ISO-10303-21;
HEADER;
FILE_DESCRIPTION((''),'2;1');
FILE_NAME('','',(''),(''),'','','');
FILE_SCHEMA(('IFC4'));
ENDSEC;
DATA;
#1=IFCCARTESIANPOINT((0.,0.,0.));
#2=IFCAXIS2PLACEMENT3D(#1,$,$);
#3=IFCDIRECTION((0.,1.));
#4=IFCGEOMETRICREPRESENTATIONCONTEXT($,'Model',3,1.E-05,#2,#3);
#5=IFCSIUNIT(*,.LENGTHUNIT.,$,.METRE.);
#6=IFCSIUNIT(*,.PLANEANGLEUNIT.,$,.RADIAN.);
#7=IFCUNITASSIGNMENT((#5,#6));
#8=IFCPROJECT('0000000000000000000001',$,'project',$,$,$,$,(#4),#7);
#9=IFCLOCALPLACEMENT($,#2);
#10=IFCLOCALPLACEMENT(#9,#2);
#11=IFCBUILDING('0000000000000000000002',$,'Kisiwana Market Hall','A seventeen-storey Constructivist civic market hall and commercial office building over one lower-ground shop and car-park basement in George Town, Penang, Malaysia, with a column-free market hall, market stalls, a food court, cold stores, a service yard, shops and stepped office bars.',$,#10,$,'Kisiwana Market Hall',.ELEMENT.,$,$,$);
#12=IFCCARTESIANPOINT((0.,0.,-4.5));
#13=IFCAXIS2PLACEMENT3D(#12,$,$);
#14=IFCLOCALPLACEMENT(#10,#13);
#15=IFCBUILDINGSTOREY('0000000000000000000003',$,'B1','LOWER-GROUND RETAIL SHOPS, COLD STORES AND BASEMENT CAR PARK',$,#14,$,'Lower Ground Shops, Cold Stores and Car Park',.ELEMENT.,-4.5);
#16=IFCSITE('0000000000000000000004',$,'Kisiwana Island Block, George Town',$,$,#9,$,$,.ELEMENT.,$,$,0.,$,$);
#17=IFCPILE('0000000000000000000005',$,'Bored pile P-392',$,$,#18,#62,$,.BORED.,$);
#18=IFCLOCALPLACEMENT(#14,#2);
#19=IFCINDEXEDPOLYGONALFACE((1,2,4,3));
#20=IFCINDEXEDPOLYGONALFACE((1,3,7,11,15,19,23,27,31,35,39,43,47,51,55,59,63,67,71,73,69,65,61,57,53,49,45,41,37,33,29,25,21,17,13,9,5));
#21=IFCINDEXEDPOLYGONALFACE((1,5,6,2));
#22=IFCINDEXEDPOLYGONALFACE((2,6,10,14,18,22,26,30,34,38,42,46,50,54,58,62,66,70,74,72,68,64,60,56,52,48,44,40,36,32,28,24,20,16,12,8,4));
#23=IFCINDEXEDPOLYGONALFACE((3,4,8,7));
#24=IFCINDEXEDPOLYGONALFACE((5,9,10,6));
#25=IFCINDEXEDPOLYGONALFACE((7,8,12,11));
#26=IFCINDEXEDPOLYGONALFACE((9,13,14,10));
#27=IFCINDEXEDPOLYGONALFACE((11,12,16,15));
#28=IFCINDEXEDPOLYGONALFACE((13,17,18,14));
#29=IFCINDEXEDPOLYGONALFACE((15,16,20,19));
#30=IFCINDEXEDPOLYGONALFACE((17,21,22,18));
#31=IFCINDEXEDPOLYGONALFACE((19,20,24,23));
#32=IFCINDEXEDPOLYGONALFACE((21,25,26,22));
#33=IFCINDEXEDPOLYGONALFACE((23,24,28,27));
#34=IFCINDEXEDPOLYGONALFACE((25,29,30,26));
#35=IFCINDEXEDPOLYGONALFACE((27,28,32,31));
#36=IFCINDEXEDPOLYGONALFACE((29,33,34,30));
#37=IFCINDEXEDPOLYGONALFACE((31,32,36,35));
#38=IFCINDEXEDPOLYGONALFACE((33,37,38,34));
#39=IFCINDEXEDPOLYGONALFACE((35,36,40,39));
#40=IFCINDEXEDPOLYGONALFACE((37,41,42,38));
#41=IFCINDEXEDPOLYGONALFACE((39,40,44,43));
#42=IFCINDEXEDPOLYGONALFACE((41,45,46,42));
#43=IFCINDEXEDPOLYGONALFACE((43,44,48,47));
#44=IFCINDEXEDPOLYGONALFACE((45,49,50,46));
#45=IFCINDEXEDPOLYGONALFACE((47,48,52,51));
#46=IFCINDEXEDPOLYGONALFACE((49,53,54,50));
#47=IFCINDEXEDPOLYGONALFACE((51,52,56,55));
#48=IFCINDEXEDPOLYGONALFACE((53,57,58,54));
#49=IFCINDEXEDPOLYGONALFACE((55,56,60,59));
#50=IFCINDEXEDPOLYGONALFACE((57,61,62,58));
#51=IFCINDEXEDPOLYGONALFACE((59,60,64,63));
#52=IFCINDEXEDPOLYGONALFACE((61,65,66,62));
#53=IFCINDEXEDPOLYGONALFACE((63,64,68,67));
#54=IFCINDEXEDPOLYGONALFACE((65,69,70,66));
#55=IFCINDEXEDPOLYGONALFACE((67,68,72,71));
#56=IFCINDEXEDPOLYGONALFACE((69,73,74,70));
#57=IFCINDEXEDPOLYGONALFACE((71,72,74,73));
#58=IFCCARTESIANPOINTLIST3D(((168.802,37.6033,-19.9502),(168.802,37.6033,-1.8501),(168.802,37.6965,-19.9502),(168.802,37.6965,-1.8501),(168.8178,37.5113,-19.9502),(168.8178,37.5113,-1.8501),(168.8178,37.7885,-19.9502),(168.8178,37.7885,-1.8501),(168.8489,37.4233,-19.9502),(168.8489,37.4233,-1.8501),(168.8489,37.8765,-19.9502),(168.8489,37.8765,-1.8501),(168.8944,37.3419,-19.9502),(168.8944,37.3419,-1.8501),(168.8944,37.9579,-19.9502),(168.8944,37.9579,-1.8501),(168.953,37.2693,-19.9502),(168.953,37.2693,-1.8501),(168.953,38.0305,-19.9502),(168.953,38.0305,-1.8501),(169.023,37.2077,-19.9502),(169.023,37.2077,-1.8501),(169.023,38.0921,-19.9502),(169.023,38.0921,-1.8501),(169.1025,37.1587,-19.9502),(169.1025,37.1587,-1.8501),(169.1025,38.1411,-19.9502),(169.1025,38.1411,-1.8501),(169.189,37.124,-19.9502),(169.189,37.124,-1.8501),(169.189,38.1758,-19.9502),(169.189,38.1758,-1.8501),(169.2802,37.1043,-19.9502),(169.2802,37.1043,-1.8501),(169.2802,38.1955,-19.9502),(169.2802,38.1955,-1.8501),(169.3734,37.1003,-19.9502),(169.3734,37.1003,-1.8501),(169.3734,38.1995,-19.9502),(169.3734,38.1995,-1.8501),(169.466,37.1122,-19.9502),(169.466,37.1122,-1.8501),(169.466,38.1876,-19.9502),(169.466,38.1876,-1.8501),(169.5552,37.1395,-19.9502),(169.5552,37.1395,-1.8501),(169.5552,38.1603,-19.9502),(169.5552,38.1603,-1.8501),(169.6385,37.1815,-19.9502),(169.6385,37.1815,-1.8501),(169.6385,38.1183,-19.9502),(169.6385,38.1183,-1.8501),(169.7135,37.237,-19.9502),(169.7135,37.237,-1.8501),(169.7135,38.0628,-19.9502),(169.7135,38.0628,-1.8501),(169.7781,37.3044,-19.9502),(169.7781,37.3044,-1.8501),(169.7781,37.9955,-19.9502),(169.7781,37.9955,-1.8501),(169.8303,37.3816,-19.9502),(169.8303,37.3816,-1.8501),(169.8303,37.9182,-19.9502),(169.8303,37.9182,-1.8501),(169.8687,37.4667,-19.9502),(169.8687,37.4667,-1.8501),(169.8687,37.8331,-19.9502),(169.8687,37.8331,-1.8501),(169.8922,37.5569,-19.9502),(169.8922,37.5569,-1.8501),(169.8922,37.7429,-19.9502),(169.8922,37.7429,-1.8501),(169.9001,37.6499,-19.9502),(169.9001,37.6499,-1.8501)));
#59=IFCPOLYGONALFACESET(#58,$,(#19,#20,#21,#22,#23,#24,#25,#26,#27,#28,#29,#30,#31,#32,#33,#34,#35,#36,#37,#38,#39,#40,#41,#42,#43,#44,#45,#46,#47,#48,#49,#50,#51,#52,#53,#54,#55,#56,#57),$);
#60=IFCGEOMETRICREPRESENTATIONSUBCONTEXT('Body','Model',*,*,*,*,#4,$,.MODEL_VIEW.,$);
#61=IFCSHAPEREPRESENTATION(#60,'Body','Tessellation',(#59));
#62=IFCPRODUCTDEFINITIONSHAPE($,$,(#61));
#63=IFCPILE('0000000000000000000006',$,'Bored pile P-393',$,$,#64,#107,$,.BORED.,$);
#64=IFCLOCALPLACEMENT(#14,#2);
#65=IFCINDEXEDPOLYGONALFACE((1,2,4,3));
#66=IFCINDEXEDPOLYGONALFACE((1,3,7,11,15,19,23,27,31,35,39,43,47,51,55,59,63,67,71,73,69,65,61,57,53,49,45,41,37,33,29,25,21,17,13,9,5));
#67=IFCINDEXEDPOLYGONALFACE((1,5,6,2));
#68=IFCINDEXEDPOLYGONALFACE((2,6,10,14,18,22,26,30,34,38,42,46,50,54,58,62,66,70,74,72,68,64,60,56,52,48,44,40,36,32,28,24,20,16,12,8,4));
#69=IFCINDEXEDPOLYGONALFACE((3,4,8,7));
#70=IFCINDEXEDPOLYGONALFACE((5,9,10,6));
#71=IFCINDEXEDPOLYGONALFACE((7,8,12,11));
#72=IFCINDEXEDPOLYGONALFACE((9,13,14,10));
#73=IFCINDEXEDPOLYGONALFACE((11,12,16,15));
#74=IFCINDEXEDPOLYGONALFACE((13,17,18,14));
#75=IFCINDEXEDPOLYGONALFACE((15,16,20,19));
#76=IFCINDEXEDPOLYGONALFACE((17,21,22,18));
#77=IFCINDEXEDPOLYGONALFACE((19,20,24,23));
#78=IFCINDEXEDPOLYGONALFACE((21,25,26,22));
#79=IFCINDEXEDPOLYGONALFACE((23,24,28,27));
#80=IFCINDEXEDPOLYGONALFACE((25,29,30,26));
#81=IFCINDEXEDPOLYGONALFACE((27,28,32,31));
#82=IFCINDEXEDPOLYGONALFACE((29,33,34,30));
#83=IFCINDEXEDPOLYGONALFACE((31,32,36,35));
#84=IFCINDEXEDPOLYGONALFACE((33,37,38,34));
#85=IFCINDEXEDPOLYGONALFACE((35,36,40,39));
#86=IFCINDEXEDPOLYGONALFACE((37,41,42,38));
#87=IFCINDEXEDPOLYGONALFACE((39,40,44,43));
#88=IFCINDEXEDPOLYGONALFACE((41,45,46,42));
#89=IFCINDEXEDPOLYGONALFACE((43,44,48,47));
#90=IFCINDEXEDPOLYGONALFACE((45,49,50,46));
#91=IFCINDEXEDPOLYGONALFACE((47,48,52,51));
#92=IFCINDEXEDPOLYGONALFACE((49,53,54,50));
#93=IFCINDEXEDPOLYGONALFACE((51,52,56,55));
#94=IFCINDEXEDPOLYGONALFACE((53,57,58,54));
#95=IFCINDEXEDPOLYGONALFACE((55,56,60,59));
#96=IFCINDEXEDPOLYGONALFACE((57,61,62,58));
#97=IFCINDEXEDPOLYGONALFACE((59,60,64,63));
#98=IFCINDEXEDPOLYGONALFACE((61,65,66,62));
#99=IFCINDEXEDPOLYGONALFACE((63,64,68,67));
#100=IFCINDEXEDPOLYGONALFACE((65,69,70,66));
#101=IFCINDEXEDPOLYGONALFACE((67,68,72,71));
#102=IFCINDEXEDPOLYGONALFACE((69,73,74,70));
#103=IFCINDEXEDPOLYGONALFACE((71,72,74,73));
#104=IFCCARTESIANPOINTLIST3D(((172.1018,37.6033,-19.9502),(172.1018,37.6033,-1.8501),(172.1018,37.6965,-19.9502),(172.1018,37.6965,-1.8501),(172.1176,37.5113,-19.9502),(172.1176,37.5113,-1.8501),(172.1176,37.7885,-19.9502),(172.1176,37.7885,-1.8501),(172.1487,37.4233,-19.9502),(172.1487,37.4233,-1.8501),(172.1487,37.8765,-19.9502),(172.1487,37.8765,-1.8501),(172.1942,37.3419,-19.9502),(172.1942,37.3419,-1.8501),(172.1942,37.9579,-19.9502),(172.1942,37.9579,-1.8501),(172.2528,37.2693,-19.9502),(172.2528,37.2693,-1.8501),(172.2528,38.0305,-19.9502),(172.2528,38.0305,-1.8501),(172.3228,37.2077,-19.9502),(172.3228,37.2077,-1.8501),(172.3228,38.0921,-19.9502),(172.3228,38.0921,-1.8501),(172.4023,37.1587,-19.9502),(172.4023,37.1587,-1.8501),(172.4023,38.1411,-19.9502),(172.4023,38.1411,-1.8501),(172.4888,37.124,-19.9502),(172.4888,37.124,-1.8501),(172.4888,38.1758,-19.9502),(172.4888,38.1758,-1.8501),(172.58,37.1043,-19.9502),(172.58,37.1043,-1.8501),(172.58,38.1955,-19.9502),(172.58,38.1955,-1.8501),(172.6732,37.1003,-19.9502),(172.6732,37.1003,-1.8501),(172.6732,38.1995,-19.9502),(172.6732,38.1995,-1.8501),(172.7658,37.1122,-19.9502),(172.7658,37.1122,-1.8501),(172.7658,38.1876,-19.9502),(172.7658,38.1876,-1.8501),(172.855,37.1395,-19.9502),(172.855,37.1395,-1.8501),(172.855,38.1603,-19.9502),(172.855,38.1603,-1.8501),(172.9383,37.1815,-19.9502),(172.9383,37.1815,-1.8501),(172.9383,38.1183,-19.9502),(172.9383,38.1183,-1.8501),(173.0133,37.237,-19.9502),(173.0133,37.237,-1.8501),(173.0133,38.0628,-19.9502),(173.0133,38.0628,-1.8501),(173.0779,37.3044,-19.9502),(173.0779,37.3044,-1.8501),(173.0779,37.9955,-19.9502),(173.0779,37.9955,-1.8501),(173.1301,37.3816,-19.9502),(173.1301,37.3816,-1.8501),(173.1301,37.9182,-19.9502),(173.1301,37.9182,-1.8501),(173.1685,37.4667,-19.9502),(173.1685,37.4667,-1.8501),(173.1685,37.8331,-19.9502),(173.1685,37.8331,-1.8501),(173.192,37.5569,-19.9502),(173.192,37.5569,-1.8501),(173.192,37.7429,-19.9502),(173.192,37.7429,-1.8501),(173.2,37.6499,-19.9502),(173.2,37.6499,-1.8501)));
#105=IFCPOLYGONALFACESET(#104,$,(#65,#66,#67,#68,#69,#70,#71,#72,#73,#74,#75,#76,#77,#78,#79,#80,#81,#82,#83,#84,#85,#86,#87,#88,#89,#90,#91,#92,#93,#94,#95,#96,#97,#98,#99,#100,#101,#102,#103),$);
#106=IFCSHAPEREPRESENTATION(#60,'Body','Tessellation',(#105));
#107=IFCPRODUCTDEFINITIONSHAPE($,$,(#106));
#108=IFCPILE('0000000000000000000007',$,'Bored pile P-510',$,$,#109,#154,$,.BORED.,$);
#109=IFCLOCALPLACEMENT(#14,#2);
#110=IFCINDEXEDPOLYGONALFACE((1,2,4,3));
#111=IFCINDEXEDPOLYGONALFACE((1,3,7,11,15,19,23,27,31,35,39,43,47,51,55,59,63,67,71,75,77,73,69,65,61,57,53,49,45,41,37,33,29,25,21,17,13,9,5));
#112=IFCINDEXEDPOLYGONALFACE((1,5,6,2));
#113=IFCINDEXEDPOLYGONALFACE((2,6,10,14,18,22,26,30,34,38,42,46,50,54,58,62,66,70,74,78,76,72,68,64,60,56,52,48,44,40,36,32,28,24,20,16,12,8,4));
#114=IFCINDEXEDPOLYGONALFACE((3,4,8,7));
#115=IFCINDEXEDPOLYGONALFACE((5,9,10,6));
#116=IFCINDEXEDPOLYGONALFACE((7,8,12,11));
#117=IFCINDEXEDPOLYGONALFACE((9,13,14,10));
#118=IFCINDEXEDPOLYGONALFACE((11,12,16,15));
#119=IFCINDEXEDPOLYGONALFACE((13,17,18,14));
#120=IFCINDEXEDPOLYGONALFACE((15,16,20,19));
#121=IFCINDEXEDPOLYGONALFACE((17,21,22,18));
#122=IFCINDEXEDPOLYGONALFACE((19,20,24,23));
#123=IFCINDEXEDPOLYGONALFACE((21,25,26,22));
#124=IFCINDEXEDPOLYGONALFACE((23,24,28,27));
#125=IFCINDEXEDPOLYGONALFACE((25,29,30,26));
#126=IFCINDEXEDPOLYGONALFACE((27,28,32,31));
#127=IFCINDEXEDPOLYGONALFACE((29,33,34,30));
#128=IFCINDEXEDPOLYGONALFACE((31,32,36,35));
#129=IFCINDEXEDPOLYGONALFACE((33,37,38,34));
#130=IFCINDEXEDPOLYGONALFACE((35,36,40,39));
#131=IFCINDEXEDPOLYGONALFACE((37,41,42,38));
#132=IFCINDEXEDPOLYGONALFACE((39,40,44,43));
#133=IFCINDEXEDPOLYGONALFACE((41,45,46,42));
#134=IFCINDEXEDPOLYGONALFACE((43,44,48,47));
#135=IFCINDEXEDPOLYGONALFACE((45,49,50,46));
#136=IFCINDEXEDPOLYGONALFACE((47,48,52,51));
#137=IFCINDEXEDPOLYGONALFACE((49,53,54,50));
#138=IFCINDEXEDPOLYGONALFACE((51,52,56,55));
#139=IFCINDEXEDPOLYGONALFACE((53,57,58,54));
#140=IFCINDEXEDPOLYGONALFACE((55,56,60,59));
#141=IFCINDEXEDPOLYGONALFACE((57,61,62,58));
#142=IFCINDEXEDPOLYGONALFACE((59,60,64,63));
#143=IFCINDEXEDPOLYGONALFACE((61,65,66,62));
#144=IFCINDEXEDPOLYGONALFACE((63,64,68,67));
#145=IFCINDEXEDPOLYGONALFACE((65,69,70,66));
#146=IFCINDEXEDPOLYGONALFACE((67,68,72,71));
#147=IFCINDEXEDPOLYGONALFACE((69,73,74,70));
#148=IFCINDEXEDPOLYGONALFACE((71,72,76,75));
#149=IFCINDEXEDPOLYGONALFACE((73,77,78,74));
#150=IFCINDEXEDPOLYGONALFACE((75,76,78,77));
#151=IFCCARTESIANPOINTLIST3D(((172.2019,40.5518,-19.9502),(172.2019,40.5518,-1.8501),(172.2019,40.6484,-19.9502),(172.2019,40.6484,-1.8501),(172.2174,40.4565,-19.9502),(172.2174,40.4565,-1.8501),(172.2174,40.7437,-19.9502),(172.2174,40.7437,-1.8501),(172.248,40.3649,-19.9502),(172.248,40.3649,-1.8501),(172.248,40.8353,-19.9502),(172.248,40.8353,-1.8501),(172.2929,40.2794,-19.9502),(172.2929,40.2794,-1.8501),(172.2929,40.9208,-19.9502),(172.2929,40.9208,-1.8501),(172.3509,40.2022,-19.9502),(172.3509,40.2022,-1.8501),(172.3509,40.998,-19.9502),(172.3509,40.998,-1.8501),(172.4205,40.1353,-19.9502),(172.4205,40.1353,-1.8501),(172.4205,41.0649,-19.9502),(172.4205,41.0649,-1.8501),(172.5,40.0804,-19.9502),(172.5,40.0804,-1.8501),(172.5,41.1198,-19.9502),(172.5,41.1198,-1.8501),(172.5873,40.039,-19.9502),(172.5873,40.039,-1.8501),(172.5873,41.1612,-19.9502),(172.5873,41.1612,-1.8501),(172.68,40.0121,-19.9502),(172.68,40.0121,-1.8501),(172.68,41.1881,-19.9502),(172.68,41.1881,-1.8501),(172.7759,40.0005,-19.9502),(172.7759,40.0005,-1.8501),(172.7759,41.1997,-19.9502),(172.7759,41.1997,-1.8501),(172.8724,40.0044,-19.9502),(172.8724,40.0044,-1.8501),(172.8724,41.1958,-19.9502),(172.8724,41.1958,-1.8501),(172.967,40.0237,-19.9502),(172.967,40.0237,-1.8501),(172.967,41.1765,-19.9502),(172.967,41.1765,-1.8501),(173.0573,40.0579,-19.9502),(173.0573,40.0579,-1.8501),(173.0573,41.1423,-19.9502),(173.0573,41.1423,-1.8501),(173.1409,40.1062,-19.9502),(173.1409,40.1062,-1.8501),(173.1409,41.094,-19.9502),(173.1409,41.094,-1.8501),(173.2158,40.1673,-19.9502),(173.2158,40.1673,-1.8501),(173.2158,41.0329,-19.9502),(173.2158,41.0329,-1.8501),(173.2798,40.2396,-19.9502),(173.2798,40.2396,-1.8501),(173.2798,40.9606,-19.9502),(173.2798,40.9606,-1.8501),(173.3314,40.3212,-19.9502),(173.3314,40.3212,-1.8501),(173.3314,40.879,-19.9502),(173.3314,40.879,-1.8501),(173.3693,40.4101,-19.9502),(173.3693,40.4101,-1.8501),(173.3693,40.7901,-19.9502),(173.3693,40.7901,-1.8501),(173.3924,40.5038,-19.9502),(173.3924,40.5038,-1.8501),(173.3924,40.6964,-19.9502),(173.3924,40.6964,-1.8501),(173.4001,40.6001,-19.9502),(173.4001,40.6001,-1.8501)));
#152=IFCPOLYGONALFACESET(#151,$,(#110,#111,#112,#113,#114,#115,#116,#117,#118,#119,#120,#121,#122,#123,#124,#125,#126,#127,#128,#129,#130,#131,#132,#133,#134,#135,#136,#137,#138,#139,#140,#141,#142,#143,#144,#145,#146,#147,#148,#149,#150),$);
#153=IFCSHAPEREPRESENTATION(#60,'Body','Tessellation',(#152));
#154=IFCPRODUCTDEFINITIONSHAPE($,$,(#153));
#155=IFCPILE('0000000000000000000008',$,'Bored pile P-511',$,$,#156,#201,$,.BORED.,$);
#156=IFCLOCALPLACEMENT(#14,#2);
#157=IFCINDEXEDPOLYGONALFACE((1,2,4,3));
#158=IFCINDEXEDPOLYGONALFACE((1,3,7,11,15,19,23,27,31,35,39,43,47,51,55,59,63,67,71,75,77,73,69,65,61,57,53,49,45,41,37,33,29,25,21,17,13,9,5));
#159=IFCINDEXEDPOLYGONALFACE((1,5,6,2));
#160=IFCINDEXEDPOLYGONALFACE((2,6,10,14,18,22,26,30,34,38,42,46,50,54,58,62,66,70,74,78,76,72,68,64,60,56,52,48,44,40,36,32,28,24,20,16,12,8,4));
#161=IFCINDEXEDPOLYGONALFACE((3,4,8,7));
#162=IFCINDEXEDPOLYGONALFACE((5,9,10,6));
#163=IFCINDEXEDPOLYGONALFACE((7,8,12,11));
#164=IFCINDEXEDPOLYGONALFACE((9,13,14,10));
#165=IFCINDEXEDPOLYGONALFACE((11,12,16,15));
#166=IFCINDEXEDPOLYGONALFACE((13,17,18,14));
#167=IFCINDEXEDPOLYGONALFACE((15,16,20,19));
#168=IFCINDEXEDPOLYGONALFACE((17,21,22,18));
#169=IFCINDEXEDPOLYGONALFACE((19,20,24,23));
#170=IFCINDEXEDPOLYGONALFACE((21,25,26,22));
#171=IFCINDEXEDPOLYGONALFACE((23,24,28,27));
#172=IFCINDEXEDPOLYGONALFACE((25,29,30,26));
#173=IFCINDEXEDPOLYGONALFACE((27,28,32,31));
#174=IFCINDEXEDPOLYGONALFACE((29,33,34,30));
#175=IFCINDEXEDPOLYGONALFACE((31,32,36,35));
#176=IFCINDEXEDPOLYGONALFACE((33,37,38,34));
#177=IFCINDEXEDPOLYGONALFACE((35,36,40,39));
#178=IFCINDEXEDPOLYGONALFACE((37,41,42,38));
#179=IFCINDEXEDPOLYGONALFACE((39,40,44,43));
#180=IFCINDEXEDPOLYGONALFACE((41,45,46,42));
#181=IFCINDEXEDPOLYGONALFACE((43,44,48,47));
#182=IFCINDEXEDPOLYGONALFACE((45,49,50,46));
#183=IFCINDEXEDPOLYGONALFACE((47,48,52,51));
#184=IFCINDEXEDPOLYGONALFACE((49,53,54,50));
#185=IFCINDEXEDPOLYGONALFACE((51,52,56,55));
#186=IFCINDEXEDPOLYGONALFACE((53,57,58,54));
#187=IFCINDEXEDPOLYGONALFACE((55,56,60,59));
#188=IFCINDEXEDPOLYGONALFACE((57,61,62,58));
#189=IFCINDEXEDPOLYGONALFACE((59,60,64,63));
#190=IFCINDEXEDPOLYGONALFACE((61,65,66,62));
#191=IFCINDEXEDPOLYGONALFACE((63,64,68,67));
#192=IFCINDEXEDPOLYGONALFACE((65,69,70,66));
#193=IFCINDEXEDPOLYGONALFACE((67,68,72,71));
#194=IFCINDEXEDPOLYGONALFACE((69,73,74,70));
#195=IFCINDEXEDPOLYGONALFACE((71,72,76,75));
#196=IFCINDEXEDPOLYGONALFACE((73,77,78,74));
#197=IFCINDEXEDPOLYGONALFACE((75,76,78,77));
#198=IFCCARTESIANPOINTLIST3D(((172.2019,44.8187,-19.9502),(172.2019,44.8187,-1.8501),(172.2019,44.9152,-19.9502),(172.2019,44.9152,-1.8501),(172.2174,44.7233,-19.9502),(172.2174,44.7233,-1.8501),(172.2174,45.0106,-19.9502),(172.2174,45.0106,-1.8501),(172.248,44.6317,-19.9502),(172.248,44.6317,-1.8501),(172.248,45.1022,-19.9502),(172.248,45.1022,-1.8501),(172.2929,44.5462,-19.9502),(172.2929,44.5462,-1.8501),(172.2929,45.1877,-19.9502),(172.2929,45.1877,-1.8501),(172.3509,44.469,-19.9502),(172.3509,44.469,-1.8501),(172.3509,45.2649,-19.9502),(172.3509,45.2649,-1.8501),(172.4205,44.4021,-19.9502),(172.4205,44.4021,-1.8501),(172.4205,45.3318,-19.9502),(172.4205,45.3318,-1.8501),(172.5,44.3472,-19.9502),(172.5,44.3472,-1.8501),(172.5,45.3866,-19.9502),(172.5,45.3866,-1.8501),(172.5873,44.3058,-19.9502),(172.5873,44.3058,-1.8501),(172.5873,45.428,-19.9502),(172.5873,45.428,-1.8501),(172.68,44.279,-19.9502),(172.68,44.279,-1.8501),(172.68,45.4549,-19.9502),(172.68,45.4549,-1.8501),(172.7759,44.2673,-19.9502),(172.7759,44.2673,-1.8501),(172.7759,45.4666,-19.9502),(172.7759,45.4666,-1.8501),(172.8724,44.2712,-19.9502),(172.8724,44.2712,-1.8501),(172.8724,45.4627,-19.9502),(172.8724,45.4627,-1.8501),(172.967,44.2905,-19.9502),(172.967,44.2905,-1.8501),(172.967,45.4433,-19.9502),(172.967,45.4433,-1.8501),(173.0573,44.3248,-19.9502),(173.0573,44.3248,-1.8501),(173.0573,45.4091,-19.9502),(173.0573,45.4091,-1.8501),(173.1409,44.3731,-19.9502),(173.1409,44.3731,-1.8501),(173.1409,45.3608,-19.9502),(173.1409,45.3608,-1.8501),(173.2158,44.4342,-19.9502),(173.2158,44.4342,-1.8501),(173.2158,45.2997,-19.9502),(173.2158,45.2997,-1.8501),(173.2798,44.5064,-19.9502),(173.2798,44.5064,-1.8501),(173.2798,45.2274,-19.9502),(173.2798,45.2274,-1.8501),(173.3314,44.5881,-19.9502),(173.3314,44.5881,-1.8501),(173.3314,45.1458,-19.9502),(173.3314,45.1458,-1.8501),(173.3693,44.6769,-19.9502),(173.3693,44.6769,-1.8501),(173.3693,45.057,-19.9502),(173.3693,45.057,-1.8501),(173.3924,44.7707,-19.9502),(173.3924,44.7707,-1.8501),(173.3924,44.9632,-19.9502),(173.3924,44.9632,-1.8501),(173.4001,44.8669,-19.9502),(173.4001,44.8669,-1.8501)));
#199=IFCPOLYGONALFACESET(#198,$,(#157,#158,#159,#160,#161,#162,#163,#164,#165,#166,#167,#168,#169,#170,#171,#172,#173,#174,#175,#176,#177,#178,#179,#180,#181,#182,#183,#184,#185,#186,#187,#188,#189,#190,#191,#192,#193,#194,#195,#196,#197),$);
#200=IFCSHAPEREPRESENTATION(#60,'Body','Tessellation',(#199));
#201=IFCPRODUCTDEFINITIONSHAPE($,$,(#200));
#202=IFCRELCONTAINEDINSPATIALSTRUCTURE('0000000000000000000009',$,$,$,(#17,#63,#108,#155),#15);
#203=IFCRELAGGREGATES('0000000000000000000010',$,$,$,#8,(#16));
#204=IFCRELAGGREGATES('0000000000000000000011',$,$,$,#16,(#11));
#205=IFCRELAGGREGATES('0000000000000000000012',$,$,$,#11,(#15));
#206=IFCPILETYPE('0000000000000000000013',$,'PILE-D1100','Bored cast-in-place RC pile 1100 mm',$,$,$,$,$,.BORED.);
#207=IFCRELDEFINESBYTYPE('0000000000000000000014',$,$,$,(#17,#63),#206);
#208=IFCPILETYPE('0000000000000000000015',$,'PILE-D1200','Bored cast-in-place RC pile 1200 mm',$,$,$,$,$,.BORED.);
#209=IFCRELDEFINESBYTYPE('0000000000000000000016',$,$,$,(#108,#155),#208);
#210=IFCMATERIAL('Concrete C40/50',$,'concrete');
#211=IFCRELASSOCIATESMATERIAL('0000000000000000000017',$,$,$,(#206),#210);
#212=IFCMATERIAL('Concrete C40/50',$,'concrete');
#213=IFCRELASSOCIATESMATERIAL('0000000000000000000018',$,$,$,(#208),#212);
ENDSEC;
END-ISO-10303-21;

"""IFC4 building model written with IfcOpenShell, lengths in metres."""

from ifc_helpers import new_model, si_unit, direction, frame, origin, origin_2d, place, context, subcontext, project, spatial, circle, extrude, material, material_profile, profile_set, type_object, element, save


model = new_model("IFC4")

# Units and contexts
model_context = context("Model", 3, precision=1e-05, world=origin(), true_north=direction((0.0, 1.0)))
body_context = subcontext(model_context, "Body", "Model", "MODEL_VIEW")
ifc_project = project(units=[si_unit("LENGTHUNIT", "METRE"), si_unit("PLANEANGLEUNIT", "RADIAN")], contexts=[model_context])

# Site, building, storey
site_placement = place(None, origin())
site = spatial("IfcSite", under=ifc_project, at=site_placement, Name="Kisiwana Island Block, George Town", CompositionType="ELEMENT", RefElevation=0.0)
building_placement = place(site_placement, origin())
building = spatial("IfcBuilding", under=site, at=building_placement, Name="Kisiwana Market Hall", Description="A seventeen-storey Constructivist civic market hall and commercial office building over one lower-ground shop and car-park basement in George Town, Penang, Malaysia, with a column-free market hall, market stalls, a food court, cold stores, a service yard, shops and stepped office bars.", LongName="Kisiwana Market Hall", CompositionType="ELEMENT")
storey_placement = place(building_placement, frame((0.0, 0.0, -4.5)))
storey = spatial("IfcBuildingStorey", under=building, at=storey_placement, Name="B1", Description="LOWER-GROUND RETAIL SHOPS, COLD STORES AND BASEMENT CAR PARK", LongName="Lower Ground Shops, Cold Stores and Car Park", CompositionType="ELEMENT", Elevation=-4.5)

# Piles
ifc_material_1 = material(Name="Concrete C40/50", Category="concrete")
ifc_material_profile_1 = material_profile(ifc_material_1, circle(Radius=0.55, at=origin_2d()), Name="BP D1100")
ifc_profile_set_1 = profile_set([ifc_material_profile_1], Name="Concrete C40/50")
pile_type_1 = type_object("IfcPileType", Name="PILE-D1100", Description="Bored cast-in-place RC pile 1100 mm", PredefinedType="BORED", material=ifc_profile_set_1)
for number, where, z_axis, x_axis, name in (
    (1, (169.3501, 37.6499, -1.8501), (0.0, 0.0, -1.0), (1.0, 0.0, 0.0), "Bored pile P-392"),
    (2, (172.6499, 37.6499, -1.8501), (0.0, 0.0, -1.0), (1.0, 0.0, 0.0), "Bored pile P-393"),
):
    element("IfcPile", number, at=place(storey_placement, frame(where, z_axis=z_axis, x_axis=x_axis)), inside=storey, type_object=pile_type_1, Name=name, PredefinedType="BORED", context=body_context, shape_type="SweptSolid", body=[
        extrude(circle(Radius=0.55, at=origin_2d()), origin(), (0.0, 0.0, 1.0), 18.1001),
    ])
ifc_material_2 = material(Name="Concrete C40/50", Category="concrete")
ifc_material_profile_2 = material_profile(ifc_material_2, circle(Radius=0.6001, at=origin_2d()), Name="BP D1200")
ifc_profile_set_2 = profile_set([ifc_material_profile_2], Name="Concrete C40/50")
pile_type_2 = type_object("IfcPileType", Name="PILE-D1200", Description="Bored cast-in-place RC pile 1200 mm", PredefinedType="BORED", material=ifc_profile_set_2)
for number, where, z_axis, x_axis, name in (
    (3, (172.8, 40.6001, -1.8501), (0.0, 0.0, -1.0), (1.0, 0.0, 0.0), "Bored pile P-510"),
    (4, (172.8, 44.8669, -1.8501), (0.0, 0.0, -1.0), (1.0, 0.0, 0.0), "Bored pile P-511"),
):
    element("IfcPile", number, at=place(storey_placement, frame(where, z_axis=z_axis, x_axis=x_axis)), inside=storey, type_object=pile_type_2, Name=name, PredefinedType="BORED", context=body_context, shape_type="SweptSolid", body=[
        extrude(circle(Radius=0.6001, at=origin_2d()), origin(), (0.0, 0.0, 1.0), 18.1001),
    ])

save(model, "model.ifc")
